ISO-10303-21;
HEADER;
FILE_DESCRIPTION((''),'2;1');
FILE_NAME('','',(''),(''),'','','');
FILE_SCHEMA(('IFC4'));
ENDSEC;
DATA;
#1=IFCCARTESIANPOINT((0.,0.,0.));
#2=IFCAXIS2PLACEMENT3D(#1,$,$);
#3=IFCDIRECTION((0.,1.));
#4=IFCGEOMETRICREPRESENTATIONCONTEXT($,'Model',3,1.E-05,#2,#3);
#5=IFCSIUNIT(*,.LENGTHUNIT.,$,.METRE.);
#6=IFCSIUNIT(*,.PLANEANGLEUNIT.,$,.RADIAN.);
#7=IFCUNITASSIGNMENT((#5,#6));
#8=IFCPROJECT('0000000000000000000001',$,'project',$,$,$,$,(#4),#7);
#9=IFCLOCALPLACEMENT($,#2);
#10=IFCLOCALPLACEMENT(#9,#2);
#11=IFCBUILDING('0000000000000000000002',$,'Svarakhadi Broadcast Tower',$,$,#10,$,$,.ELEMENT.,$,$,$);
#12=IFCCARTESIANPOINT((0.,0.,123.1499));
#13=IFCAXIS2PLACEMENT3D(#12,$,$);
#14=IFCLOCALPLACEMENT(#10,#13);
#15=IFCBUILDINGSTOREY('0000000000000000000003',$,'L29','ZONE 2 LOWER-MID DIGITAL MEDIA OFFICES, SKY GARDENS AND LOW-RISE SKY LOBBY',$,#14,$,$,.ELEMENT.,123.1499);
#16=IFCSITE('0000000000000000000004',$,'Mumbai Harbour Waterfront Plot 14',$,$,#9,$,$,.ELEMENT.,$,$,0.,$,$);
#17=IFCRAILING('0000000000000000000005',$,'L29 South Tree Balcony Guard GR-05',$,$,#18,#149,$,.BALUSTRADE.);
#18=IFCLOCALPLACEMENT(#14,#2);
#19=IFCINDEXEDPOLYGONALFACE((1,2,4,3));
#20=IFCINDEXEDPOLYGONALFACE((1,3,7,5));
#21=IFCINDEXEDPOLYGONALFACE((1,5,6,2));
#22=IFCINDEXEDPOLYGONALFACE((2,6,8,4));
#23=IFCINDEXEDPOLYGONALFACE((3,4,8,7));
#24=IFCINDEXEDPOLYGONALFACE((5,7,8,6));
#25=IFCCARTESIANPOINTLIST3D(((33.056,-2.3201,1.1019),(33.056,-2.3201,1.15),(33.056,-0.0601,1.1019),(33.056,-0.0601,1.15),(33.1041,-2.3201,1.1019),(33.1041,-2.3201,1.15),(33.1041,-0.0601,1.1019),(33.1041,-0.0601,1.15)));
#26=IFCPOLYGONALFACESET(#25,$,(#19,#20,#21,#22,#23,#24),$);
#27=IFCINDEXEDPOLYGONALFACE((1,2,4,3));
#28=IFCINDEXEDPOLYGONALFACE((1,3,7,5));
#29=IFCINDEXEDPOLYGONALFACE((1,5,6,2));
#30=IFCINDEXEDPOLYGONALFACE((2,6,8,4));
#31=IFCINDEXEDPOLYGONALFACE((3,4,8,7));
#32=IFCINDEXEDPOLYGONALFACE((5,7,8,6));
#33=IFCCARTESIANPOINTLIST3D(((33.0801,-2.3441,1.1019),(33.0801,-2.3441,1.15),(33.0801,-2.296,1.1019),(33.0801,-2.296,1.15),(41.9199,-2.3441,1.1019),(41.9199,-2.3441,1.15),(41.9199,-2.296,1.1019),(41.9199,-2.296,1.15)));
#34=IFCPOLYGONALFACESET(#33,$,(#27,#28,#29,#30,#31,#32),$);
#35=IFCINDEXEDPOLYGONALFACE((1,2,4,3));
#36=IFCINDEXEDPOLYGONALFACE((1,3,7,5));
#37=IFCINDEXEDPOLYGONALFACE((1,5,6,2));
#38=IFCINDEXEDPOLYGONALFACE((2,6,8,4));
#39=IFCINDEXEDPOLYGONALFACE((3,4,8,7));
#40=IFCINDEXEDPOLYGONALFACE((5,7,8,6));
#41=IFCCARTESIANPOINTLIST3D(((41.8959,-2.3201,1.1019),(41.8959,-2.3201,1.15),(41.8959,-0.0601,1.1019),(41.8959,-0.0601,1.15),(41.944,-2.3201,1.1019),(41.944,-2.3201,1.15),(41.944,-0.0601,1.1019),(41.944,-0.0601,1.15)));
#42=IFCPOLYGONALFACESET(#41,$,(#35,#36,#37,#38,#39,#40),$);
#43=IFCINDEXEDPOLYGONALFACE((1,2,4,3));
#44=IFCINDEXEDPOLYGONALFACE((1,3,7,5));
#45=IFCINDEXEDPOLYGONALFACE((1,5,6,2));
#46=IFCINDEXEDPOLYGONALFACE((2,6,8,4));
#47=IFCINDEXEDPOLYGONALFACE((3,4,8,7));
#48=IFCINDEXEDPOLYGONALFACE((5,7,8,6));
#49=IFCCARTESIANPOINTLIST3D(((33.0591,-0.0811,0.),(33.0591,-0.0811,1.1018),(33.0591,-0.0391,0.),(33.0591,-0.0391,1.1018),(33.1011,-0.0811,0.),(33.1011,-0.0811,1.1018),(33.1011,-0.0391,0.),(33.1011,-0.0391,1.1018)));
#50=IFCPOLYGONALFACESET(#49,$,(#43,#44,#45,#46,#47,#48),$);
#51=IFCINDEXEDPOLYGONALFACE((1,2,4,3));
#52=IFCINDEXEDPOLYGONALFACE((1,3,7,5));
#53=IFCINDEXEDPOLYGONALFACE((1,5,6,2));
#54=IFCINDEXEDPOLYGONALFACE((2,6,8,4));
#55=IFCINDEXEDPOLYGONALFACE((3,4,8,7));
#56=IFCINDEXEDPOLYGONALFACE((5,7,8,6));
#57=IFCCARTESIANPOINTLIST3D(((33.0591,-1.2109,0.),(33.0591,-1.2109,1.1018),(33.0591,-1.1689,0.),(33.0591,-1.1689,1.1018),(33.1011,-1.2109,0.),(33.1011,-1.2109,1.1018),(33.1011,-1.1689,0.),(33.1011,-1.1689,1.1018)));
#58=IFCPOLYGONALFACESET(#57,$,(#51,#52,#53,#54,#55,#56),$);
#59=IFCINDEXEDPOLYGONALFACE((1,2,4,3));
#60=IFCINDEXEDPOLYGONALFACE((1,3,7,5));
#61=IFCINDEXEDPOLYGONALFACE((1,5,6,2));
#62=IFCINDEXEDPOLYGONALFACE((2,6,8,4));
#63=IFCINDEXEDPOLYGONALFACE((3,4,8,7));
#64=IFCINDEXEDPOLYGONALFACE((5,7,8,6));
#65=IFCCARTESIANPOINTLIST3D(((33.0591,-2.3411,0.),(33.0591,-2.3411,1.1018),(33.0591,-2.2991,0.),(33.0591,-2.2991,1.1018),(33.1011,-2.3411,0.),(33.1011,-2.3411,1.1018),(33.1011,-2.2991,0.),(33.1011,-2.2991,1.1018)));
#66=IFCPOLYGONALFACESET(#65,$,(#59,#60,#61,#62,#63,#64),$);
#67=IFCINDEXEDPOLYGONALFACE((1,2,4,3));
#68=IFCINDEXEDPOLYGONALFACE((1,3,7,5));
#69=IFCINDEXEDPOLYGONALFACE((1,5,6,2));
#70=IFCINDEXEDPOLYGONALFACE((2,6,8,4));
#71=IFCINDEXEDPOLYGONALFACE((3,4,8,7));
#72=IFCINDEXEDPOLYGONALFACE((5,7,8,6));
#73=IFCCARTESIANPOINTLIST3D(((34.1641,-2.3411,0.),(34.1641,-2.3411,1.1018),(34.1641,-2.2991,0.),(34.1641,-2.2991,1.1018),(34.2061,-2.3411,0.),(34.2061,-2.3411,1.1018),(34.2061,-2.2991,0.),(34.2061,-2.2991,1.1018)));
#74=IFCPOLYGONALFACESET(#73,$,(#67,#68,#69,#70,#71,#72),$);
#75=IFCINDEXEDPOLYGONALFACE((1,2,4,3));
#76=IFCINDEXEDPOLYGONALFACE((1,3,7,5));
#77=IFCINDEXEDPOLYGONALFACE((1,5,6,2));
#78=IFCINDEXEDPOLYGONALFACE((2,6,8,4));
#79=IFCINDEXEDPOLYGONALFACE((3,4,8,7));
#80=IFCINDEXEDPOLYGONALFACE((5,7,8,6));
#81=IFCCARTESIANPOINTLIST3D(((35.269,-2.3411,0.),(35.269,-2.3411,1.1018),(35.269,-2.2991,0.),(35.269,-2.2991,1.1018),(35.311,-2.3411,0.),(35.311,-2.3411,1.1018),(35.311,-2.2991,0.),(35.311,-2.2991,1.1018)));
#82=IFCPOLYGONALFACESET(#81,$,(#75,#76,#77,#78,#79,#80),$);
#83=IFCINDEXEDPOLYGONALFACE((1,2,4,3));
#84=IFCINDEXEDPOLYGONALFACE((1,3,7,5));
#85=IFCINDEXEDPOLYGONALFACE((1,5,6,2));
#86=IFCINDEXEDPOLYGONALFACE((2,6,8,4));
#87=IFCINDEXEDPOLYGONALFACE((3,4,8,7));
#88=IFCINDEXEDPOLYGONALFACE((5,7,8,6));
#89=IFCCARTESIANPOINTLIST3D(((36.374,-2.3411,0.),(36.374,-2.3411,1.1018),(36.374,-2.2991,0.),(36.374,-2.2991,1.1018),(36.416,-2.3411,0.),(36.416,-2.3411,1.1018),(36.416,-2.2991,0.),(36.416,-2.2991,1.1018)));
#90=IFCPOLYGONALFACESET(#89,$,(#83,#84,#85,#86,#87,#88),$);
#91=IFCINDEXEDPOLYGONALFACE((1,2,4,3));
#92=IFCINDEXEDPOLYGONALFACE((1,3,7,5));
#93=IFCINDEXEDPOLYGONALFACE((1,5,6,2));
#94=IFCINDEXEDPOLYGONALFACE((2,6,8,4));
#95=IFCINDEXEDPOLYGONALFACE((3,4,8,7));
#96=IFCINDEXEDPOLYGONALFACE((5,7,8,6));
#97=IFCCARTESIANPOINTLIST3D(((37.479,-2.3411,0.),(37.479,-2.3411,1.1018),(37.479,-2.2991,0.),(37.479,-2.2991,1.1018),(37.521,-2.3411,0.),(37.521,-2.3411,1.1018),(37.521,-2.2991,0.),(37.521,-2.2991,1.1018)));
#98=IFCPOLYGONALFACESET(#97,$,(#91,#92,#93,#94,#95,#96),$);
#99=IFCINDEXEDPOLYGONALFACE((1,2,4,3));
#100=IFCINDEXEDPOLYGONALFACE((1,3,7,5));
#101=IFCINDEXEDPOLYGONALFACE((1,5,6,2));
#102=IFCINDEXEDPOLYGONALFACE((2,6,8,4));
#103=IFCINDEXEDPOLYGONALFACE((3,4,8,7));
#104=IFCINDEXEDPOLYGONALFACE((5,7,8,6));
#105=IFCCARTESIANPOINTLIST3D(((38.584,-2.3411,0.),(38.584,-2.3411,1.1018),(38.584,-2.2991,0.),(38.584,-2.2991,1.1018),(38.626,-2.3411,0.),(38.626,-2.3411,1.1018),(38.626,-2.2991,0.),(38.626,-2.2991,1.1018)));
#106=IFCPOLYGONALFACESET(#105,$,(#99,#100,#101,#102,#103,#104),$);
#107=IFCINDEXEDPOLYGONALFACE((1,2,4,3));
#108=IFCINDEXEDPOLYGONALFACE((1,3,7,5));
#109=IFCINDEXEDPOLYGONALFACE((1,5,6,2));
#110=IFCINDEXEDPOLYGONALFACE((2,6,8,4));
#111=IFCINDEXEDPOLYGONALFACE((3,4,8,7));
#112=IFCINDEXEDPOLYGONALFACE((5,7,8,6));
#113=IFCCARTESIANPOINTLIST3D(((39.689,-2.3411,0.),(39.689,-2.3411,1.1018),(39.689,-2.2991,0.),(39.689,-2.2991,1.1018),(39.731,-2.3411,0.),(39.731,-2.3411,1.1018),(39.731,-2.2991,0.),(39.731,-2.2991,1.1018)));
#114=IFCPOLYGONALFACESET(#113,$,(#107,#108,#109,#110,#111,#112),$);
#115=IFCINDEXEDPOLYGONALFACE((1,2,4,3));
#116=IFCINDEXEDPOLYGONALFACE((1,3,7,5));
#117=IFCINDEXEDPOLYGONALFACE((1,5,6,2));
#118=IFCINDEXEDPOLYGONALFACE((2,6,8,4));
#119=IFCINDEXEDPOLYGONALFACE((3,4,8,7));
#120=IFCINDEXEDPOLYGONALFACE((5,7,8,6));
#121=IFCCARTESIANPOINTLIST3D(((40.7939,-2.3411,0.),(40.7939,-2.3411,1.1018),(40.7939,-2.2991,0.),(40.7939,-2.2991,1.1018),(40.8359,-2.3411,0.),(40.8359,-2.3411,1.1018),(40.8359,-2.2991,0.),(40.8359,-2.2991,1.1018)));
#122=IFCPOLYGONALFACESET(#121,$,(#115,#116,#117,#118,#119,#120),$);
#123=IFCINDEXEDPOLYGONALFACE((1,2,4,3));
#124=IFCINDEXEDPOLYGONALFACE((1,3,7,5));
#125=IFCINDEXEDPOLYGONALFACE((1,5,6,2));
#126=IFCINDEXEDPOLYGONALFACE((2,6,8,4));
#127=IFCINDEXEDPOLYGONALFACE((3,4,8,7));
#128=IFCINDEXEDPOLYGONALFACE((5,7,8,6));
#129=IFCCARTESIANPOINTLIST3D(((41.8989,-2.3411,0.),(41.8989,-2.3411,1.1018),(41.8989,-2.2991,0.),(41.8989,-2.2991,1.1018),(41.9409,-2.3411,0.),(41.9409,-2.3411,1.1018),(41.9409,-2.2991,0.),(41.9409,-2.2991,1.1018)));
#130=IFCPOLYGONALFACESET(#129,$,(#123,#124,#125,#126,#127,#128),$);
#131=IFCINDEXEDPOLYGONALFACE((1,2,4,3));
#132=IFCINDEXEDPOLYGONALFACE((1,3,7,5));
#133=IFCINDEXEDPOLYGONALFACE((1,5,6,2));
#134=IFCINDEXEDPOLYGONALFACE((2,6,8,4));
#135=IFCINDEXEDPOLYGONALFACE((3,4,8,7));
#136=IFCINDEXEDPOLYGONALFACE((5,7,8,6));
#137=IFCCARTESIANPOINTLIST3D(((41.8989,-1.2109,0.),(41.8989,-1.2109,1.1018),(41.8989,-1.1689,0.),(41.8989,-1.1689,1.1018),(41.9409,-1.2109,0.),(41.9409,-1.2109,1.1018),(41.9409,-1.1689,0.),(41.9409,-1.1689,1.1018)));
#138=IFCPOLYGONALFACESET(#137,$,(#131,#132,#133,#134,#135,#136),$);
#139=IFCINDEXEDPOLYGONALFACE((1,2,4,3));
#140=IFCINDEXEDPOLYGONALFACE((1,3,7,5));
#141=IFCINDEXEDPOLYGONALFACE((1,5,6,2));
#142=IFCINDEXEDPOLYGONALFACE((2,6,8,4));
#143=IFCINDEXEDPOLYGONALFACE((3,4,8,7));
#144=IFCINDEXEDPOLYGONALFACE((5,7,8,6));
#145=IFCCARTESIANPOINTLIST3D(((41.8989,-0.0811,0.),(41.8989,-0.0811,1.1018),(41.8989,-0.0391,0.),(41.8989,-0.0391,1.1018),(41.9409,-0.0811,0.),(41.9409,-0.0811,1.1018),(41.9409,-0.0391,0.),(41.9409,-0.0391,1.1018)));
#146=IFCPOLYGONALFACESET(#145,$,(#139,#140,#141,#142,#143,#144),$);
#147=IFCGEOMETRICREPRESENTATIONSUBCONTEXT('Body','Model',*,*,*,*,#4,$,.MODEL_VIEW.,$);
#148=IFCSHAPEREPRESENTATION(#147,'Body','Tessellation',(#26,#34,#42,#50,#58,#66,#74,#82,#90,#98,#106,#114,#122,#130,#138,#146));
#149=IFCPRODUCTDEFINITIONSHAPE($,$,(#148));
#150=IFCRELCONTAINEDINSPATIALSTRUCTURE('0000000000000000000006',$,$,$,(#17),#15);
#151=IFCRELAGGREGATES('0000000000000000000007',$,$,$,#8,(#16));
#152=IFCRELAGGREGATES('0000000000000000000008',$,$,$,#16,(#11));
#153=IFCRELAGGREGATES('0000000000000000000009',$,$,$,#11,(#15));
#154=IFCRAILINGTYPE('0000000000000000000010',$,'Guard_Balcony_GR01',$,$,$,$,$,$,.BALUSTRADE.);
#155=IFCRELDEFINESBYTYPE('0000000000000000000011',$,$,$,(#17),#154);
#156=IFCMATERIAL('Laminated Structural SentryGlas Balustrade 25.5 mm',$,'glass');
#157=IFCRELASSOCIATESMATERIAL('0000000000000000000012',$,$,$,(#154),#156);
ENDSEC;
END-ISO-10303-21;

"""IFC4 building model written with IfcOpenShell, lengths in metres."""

from ifc_helpers import new_model, si_unit, direction, frame, origin, origin_2d, place, context, subcontext, project, spatial, rectangle, extrude, material, type_object, element, save


model = new_model("IFC4")

# Units and contexts
model_context = context("Model", 3, precision=1e-05, world=origin(), true_north=direction((0.0, 1.0)))
body_context = subcontext(model_context, "Body", "Model", "MODEL_VIEW")
ifc_project = project(units=[si_unit("LENGTHUNIT", "METRE"), si_unit("PLANEANGLEUNIT", "RADIAN")], contexts=[model_context])

# Site, building, storey
site_placement = place(None, origin())
site = spatial("IfcSite", under=ifc_project, at=site_placement, Name="Mumbai Harbour Waterfront Plot 14", CompositionType="ELEMENT", RefElevation=0.0)
building_placement = place(site_placement, origin())
building = spatial("IfcBuilding", under=site, at=building_placement, Name="Svarakhadi Broadcast Tower", CompositionType="ELEMENT")
storey_placement = place(building_placement, frame((0.0, 0.0, 123.1499)))
storey = spatial("IfcBuildingStorey", under=building, at=storey_placement, Name="L29", Description="ZONE 2 LOWER-MID DIGITAL MEDIA OFFICES, SKY GARDENS AND LOW-RISE SKY LOBBY", CompositionType="ELEMENT", Elevation=123.1499)

# Railing
ifc_material_1 = material(Name="Laminated Structural SentryGlas Balustrade 25.5 mm", Category="glass")
railing_type = type_object("IfcRailingType", Name="Guard_Balcony_GR01", PredefinedType="BALUSTRADE", material=ifc_material_1)
railing_placement = place(storey_placement, frame((33.0801, -0.0601, 0.0)))
element("IfcRailing", 1, at=railing_placement, inside=storey, type_object=railing_type, Name="L29 South Tree Balcony Guard GR-05", PredefinedType="BALUSTRADE", context=body_context, shape_type="SweptSolid", body=[
    extrude(rectangle(XDim=0.0481, YDim=0.0481, at=origin_2d()), frame((0.0, 0.0, 1.126), z_axis=(0.0, -1.0, 0.0), x_axis=(1.0, 0.0, 0.0)), (0.0, 0.0, 1.0), 2.26),
    extrude(rectangle(XDim=0.0481, YDim=0.0481, at=origin_2d()), frame((0.0, -2.26, 1.126), z_axis=(1.0, 0.0, 0.0), x_axis=(0.0, 1.0, 0.0)), (0.0, 0.0, 1.0), 8.8398),
    extrude(rectangle(XDim=0.0481, YDim=0.0481, at=origin_2d()), frame((8.8398, -2.26, 1.126), z_axis=(0.0, 1.0, 0.0), x_axis=(-1.0, 0.0, 0.0)), (0.0, 0.0, 1.0), 2.26),
    extrude(rectangle(XDim=0.042, YDim=0.042, at=origin_2d()), origin(), (0.0, 0.0, 1.0), 1.1018),
    extrude(rectangle(XDim=0.042, YDim=0.042, at=origin_2d()), frame((0.0, -1.1299, 0.0)), (0.0, 0.0, 1.0), 1.1018),
    extrude(rectangle(XDim=0.042, YDim=0.042, at=origin_2d()), frame((0.0, -2.26, 0.0)), (0.0, 0.0, 1.0), 1.1018),
    extrude(rectangle(XDim=0.042, YDim=0.042, at=origin_2d()), frame((1.105, -2.26, 0.0)), (0.0, 0.0, 1.0), 1.1018),
    extrude(rectangle(XDim=0.042, YDim=0.042, at=origin_2d()), frame((2.21, -2.26, 0.0)), (0.0, 0.0, 1.0), 1.1018),
    extrude(rectangle(XDim=0.042, YDim=0.042, at=origin_2d()), frame((3.3149, -2.26, 0.0)), (0.0, 0.0, 1.0), 1.1018),
    extrude(rectangle(XDim=0.042, YDim=0.042, at=origin_2d()), frame((4.4199, -2.26, 0.0)), (0.0, 0.0, 1.0), 1.1018),
    extrude(rectangle(XDim=0.042, YDim=0.042, at=origin_2d()), frame((5.5249, -2.26, 0.0)), (0.0, 0.0, 1.0), 1.1018),
    extrude(rectangle(XDim=0.042, YDim=0.042, at=origin_2d()), frame((6.6299, -2.26, 0.0)), (0.0, 0.0, 1.0), 1.1018),
    extrude(rectangle(XDim=0.042, YDim=0.042, at=origin_2d()), frame((7.7349, -2.26, 0.0)), (0.0, 0.0, 1.0), 1.1018),
    extrude(rectangle(XDim=0.042, YDim=0.042, at=origin_2d()), frame((8.8398, -2.26, 0.0)), (0.0, 0.0, 1.0), 1.1018),
    extrude(rectangle(XDim=0.042, YDim=0.042, at=origin_2d()), frame((8.8398, -1.1299, 0.0)), (0.0, 0.0, 1.0), 1.1018),
    extrude(rectangle(XDim=0.042, YDim=0.042, at=origin_2d()), frame((8.8398, 0.0, 0.0)), (0.0, 0.0, 1.0), 1.1018),
])

save(model, "model.ifc")
